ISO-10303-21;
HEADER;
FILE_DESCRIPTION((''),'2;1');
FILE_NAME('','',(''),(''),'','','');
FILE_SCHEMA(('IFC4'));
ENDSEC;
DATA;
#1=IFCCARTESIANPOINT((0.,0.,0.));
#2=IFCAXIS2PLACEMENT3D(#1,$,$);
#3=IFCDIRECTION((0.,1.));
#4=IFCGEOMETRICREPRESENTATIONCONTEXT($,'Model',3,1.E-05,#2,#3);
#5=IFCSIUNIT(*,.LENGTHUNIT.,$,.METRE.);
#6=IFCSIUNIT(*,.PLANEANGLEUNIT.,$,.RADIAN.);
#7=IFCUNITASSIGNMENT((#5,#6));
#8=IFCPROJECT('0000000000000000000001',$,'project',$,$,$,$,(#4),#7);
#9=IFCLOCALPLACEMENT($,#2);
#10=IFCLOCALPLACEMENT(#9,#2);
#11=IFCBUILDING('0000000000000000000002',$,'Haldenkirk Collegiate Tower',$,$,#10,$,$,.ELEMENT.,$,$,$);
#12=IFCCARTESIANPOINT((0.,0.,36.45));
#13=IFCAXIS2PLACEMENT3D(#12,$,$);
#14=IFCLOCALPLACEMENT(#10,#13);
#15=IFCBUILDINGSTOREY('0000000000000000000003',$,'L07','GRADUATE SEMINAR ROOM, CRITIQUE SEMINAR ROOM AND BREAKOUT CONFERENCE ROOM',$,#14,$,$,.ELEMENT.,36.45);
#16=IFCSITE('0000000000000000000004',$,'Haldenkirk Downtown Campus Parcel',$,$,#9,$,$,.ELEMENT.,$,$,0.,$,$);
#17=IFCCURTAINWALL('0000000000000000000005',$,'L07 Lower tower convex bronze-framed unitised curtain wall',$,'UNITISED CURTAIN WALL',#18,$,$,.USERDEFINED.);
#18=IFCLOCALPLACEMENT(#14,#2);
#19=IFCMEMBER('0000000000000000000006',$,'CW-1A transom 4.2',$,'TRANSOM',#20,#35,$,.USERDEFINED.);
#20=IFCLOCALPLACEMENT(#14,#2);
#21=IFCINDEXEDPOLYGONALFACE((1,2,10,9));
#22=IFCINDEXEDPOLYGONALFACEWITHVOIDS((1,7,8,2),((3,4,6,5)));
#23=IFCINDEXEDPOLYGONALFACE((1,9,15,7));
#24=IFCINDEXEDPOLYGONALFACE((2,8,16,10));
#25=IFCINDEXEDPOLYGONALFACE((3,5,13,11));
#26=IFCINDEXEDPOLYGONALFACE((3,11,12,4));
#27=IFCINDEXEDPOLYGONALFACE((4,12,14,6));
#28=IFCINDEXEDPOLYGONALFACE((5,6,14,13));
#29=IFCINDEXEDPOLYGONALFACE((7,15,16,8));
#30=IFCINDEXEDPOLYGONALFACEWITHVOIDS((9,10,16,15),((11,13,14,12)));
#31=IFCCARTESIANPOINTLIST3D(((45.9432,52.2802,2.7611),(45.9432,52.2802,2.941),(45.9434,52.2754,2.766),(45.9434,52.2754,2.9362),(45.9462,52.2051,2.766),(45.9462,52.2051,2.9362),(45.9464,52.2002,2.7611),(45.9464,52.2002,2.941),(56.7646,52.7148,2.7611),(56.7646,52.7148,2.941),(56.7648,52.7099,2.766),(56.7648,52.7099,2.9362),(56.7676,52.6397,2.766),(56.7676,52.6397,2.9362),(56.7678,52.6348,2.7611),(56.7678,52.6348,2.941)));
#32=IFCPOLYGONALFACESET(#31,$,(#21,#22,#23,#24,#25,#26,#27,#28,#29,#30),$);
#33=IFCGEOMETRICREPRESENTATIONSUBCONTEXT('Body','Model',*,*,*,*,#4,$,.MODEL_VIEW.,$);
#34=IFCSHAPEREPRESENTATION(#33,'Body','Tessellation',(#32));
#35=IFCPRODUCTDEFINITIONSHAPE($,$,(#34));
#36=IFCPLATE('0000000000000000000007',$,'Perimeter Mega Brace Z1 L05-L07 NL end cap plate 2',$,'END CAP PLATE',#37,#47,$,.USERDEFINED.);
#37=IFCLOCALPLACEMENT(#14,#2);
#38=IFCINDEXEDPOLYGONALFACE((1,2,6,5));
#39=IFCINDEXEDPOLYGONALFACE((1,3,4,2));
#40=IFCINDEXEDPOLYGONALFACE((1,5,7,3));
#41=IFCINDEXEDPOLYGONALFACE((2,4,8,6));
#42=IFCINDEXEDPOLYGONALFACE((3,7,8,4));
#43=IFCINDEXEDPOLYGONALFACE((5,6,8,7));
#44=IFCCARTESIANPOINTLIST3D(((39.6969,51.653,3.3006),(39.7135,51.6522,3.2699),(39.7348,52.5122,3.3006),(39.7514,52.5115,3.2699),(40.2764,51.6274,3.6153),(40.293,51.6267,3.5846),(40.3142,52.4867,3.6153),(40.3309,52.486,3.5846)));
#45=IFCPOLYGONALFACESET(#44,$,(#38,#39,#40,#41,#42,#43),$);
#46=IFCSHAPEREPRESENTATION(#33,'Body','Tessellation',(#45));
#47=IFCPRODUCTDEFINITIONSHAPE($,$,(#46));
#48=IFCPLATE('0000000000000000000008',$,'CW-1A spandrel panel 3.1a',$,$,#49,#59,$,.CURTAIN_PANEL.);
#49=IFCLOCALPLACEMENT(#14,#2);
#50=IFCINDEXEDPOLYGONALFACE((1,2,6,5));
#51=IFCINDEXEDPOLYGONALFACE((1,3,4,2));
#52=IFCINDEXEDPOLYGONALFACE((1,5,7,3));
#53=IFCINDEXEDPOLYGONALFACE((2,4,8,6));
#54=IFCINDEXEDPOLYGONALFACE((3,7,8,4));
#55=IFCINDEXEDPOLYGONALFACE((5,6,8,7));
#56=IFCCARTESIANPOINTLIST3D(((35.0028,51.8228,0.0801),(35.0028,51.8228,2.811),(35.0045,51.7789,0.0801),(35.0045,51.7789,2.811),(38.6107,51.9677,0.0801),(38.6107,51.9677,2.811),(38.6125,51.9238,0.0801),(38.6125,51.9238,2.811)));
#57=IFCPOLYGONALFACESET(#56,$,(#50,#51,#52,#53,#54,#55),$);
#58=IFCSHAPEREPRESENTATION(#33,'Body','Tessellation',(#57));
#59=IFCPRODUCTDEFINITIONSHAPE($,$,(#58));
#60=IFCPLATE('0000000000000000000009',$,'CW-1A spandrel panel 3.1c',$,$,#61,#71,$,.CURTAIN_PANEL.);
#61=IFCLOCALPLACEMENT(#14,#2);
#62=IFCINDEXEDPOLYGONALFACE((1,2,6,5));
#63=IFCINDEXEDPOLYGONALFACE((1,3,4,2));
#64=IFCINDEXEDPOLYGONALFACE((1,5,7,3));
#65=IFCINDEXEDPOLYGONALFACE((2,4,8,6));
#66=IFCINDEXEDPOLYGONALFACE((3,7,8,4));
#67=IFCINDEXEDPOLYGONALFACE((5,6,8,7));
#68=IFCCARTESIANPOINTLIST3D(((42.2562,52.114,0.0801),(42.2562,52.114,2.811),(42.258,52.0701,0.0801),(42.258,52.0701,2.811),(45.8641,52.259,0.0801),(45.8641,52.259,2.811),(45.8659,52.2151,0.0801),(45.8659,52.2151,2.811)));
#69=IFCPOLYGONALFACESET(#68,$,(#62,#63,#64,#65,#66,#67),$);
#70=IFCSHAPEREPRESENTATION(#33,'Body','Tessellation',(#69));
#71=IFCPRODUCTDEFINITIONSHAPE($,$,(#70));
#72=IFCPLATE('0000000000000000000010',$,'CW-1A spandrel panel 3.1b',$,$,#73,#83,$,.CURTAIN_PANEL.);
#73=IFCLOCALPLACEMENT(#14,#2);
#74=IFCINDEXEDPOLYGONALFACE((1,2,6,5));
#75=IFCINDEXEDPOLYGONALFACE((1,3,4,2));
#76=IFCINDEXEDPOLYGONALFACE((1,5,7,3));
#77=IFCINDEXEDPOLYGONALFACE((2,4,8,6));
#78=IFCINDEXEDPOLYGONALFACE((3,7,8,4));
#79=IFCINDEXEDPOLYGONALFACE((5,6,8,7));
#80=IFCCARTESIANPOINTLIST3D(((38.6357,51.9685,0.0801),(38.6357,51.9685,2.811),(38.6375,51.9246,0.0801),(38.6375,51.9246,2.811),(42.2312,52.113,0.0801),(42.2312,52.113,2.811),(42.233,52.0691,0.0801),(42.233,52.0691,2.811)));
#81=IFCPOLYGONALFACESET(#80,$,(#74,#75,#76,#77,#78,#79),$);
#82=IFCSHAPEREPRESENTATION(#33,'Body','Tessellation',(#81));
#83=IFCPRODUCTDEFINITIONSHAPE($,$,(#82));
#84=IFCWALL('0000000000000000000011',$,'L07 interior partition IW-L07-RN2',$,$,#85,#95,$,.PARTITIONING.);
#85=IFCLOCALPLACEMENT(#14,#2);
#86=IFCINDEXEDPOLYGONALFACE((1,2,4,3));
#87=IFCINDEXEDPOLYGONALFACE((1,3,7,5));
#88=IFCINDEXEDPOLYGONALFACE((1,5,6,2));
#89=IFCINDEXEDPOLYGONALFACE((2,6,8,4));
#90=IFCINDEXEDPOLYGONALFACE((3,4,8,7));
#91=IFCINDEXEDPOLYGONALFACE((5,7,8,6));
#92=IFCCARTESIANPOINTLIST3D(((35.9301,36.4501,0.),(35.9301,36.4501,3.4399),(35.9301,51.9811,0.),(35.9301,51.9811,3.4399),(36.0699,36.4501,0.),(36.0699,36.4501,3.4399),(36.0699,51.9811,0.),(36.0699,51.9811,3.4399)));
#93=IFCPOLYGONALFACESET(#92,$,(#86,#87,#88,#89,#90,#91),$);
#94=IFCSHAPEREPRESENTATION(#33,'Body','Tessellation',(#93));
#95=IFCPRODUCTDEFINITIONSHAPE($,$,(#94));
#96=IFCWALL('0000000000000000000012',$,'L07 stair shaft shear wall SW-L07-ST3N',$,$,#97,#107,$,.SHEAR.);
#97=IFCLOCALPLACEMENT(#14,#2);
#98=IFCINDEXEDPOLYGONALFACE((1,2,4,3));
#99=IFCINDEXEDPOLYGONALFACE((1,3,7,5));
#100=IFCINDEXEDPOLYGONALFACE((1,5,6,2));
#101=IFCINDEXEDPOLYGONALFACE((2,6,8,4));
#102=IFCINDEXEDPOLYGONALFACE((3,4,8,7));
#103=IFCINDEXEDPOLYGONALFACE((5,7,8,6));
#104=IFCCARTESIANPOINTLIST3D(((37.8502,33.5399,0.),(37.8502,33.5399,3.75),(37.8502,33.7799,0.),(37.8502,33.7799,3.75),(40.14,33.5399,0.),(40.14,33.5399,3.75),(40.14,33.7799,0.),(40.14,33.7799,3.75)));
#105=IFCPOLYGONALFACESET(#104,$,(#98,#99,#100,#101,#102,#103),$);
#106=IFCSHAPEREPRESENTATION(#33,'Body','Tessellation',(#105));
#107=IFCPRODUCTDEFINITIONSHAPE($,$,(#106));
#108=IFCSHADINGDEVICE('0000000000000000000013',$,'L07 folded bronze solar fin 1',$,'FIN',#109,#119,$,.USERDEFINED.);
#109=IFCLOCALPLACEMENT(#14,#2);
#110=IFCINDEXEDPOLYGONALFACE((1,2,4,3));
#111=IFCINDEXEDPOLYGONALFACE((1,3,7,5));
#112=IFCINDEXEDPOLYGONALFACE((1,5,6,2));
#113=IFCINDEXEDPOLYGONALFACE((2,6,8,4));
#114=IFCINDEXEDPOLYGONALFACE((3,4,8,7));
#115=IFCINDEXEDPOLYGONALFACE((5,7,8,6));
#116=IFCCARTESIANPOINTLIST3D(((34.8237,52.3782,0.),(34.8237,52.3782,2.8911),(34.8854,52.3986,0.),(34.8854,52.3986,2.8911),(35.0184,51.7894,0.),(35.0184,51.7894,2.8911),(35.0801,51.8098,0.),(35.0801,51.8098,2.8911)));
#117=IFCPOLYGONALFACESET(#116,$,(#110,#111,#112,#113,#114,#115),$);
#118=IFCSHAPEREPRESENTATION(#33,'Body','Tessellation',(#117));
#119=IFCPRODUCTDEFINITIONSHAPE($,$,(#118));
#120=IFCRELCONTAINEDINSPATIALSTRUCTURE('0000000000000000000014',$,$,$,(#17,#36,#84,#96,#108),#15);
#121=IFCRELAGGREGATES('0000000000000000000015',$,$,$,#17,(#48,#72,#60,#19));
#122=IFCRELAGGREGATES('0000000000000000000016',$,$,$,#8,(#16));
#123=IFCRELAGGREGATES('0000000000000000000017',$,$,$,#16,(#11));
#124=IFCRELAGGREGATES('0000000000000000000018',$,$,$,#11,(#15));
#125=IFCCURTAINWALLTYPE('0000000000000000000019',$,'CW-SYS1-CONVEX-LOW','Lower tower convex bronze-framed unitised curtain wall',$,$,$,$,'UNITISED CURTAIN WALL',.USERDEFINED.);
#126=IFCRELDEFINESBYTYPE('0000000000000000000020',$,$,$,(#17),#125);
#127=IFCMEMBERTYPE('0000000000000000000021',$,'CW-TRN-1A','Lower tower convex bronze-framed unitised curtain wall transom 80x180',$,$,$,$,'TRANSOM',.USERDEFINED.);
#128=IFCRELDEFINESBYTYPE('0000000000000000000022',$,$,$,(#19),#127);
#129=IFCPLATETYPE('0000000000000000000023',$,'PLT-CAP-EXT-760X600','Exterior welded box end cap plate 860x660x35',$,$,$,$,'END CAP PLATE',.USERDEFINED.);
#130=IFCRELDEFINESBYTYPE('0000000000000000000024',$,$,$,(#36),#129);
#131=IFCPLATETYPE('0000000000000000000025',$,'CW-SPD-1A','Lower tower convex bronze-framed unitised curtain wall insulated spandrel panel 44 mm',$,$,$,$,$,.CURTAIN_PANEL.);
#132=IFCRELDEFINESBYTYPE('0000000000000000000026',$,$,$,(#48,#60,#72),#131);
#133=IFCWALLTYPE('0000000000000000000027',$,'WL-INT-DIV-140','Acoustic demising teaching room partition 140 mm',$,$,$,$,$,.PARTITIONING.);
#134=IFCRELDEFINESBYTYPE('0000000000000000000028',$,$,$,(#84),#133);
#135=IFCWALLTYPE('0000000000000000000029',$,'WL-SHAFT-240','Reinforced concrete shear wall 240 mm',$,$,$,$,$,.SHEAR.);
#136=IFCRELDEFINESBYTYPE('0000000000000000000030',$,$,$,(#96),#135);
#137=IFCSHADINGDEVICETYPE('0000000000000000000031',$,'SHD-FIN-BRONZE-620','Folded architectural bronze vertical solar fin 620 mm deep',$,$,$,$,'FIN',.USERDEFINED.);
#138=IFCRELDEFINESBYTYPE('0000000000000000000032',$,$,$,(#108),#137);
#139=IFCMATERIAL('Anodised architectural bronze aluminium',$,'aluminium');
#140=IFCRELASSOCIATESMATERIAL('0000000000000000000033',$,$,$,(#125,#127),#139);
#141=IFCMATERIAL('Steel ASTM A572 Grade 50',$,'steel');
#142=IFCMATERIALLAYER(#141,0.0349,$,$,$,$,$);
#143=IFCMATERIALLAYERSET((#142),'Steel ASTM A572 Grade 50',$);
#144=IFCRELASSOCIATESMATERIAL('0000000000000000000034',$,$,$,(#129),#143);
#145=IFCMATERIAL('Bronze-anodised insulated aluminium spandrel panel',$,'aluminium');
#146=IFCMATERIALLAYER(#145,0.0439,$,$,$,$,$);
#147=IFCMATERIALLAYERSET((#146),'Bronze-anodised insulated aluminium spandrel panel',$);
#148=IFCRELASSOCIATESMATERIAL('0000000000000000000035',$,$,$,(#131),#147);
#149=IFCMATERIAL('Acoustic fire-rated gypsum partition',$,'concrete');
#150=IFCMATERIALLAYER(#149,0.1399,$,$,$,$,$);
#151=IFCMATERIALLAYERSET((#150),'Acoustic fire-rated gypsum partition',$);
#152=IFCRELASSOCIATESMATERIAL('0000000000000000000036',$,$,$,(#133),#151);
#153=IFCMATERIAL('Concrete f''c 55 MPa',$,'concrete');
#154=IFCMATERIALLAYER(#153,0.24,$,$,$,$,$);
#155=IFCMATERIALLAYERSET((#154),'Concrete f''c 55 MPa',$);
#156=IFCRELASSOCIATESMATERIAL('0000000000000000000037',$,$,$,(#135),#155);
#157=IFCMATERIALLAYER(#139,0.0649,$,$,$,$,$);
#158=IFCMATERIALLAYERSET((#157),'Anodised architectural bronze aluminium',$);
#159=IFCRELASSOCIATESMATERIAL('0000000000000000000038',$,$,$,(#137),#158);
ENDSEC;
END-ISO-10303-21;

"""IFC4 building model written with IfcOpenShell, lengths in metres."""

from ifc_helpers import new_model, si_unit, direction, frame, frame_2d, origin, origin_2d, place, context, subcontext, project, spatial, rectangle, hollow_rectangle, extrude, source, transform, mapped, material, layer, layer_set, material_profile, profile_set, type_object, element, aggregate, save


model = new_model("IFC4")

# Units and contexts
model_context = context("Model", 3, precision=1e-05, world=origin(), true_north=direction((0.0, 1.0)))
body_context = subcontext(model_context, "Body", "Model", "MODEL_VIEW")
ifc_project = project(units=[si_unit("LENGTHUNIT", "METRE"), si_unit("PLANEANGLEUNIT", "RADIAN")], contexts=[model_context])

# Site, building, storey
site_placement = place(None, origin())
site = spatial("IfcSite", under=ifc_project, at=site_placement, Name="Haldenkirk Downtown Campus Parcel", CompositionType="ELEMENT", RefElevation=0.0)
building_placement = place(site_placement, origin())
building = spatial("IfcBuilding", under=site, at=building_placement, Name="Haldenkirk Collegiate Tower", CompositionType="ELEMENT")
storey_placement = place(building_placement, frame((0.0, 0.0, 36.45)))
storey = spatial("IfcBuildingStorey", under=building, at=storey_placement, Name="L07", Description="GRADUATE SEMINAR ROOM, CRITIQUE SEMINAR ROOM AND BREAKOUT CONFERENCE ROOM", CompositionType="ELEMENT", Elevation=36.45)

# Curtain wall, member
ifc_material_1 = material(Name="Anodised architectural bronze aluminium", Category="aluminium")
curtain_wall_type = type_object("IfcCurtainWallType", Name="CW-SYS1-CONVEX-LOW", Description="Lower tower convex bronze-framed unitised curtain wall", ElementType="UNITISED CURTAIN WALL", PredefinedType="USERDEFINED", material=ifc_material_1)
curtain_wall_placement = place(storey_placement, origin())
curtain_wall = element("IfcCurtainWall", 1, at=curtain_wall_placement, inside=storey, type_object=curtain_wall_type, Name="L07 Lower tower convex bronze-framed unitised curtain wall", ObjectType="UNITISED CURTAIN WALL", PredefinedType="USERDEFINED")
ifc_material_profile_1 = material_profile(ifc_material_1, hollow_rectangle(XDim=0.0801, YDim=0.1799, WallThickness=0.0049, at=origin_2d()), Name="CW-TRN-1A")
ifc_profile_set_1 = profile_set([ifc_material_profile_1], Name="Anodised architectural bronze aluminium")
member_type_1 = type_object("IfcMemberType", Name="CW-TRN-1A", Description="Lower tower convex bronze-framed unitised curtain wall transom 80x180", ElementType="TRANSOM", PredefinedType="USERDEFINED", material=ifc_profile_set_1)
member_1_placement = place(storey_placement, frame((45.9448, 52.2402, 2.8511), z_axis=(0.999195, 0.040126, 0.0), x_axis=(-0.040126, 0.999195, 0.0)))
member_1 = element("IfcMember", 2, at=member_1_placement, type_object=member_type_1, Name="CW-1A transom 4.2", ObjectType="TRANSOM", PredefinedType="USERDEFINED", context=body_context, shape_type="SweptSolid", body=[
    extrude(hollow_rectangle(XDim=0.0801, YDim=0.1799, WallThickness=0.0049, at=origin_2d()), origin(), (0.0, 0.0, 1.0), 10.8301),
])

# Plates
ifc_material_2 = material(Name="Steel ASTM A572 Grade 50", Category="steel")
ifc_layer_1 = layer(ifc_material_2, 0.0349)
ifc_layer_set_1 = layer_set([ifc_layer_1], Name="Steel ASTM A572 Grade 50")
plate_type_1 = type_object("IfcPlateType", Name="PLT-CAP-EXT-760X600", Description="Exterior welded box end cap plate 860x660x35", ElementType="END CAP PLATE", PredefinedType="USERDEFINED", material=ifc_layer_set_1)
shared_shape_1 = source(origin(), body_context, "Body", "SweptSolid", [
    extrude(rectangle(XDim=0.8601, YDim=0.6599, at=origin_2d()), origin(), (0.0, 0.0, 1.0), 0.0349),
])
plate_1_placement = place(storey_placement, frame((40.0222, 52.0691, 3.4272), z_axis=(-0.476489, 0.021007, 0.87893), x_axis=(-0.044045, -0.99903, 0.0)))
element("IfcPlate", 3, at=plate_1_placement, inside=storey, type_object=plate_type_1, Name="Perimeter Mega Brace Z1 L05-L07 NL end cap plate 2", ObjectType="END CAP PLATE", PredefinedType="USERDEFINED", context=body_context, shape_type="MappedRepresentation", body=[
    mapped(shared_shape_1, transform((0.0, 0.0, 0.0), x_axis=(1.0, 0.0, 0.0), y_axis=(0.0, 1.0, 0.0), z_axis=(0.0, 0.0, 1.0), scale=1.0)),
])
ifc_material_3 = material(Name="Bronze-anodised insulated aluminium spandrel panel", Category="aluminium")
ifc_layer_2 = layer(ifc_material_3, 0.0439)
ifc_layer_set_2 = layer_set([ifc_layer_2], Name="Bronze-anodised insulated aluminium spandrel panel")
plate_type_2 = type_object("IfcPlateType", Name="CW-SPD-1A", Description="Lower tower convex bronze-framed unitised curtain wall insulated spandrel panel 44 mm", PredefinedType="CURTAIN_PANEL", material=ifc_layer_set_2)
shared_shape_2 = source(origin(), body_context, "Body", "SweptSolid", [
    extrude(rectangle(XDim=3.6108, YDim=0.0439, at=origin_2d()), origin(), (0.0, 0.0, 1.0), 2.731),
])
plate_2_placement = place(storey_placement, frame((36.8076, 51.8733, 0.0801), z_axis=(0.0, 0.0, 1.0), x_axis=(0.999194, 0.040135, 0.0)))
plate_2 = element("IfcPlate", 4, at=plate_2_placement, type_object=plate_type_2, Name="CW-1A spandrel panel 3.1a", PredefinedType="CURTAIN_PANEL", context=body_context, shape_type="MappedRepresentation", body=[
    mapped(shared_shape_2, transform((0.0, 0.0, 0.0), x_axis=(1.0, 0.0, 0.0), y_axis=(0.0, 1.0, 0.0), z_axis=(0.0, 0.0, 1.0), scale=1.0)),
])
plate_3_placement = place(storey_placement, frame((44.061, 52.1646, 0.0801), z_axis=(0.0, 0.0, 1.0), x_axis=(0.999194, 0.040135, 0.0)))
plate_3 = element("IfcPlate", 5, at=plate_3_placement, type_object=plate_type_2, Name="CW-1A spandrel panel 3.1c", PredefinedType="CURTAIN_PANEL", context=body_context, shape_type="MappedRepresentation", body=[
    mapped(shared_shape_2, transform((0.0, 0.0, 0.0), x_axis=(1.0, 0.0, 0.0), y_axis=(0.0, 1.0, 0.0), z_axis=(0.0, 0.0, 1.0), scale=1.0)),
])
shared_shape_3 = source(origin(), body_context, "Body", "SweptSolid", [
    extrude(rectangle(XDim=3.5984, YDim=0.0439, at=origin_2d()), origin(), (0.0, 0.0, 1.0), 2.731),
])
plate_4_placement = place(storey_placement, frame((40.4343, 52.0188, 0.0801), z_axis=(0.0, 0.0, 1.0), x_axis=(0.999194, 0.040135, 0.0)))
plate_4 = element("IfcPlate", 6, at=plate_4_placement, type_object=plate_type_2, Name="CW-1A spandrel panel 3.1b", PredefinedType="CURTAIN_PANEL", context=body_context, shape_type="MappedRepresentation", body=[
    mapped(shared_shape_3, transform((0.0, 0.0, 0.0), x_axis=(1.0, 0.0, 0.0), y_axis=(0.0, 1.0, 0.0), z_axis=(0.0, 0.0, 1.0), scale=1.0)),
])
aggregate(curtain_wall, [plate_2, plate_4, plate_3, member_1])

# Walls
ifc_material_4 = material(Name="Acoustic fire-rated gypsum partition", Category="concrete")
ifc_layer_3 = layer(ifc_material_4, 0.1399)
ifc_layer_set_3 = layer_set([ifc_layer_3], Name="Acoustic fire-rated gypsum partition")
wall_type_1 = type_object("IfcWallType", Name="WL-INT-DIV-140", Description="Acoustic demising teaching room partition 140 mm", PredefinedType="PARTITIONING", material=ifc_layer_set_3)
wall_1_placement = place(storey_placement, frame((36.0, 36.45, 0.0), z_axis=(0.0, 0.0, 1.0), x_axis=(0.0, 1.0, 0.0)))
element("IfcWall", 7, at=wall_1_placement, inside=storey, type_object=wall_type_1, Name="L07 interior partition IW-L07-RN2", PredefinedType="PARTITIONING", context=body_context, shape_type="SweptSolid", body=[
    extrude(rectangle(XDim=15.531, YDim=0.1399, at=frame_2d((7.7656, 0.0))), origin(), (0.0, 0.0, 1.0), 3.4399),
])
ifc_material_5 = material(Name="Concrete f'c 55 MPa", Category="concrete")
ifc_layer_4 = layer(ifc_material_5, 0.24)
ifc_layer_set_4 = layer_set([ifc_layer_4], Name="Concrete f'c 55 MPa")
wall_type_2 = type_object("IfcWallType", Name="WL-SHAFT-240", Description="Reinforced concrete shear wall 240 mm", PredefinedType="SHEAR", material=ifc_layer_set_4)
wall_2_placement = place(storey_placement, frame((37.8501, 33.6599, 0.0), z_axis=(0.0, 0.0, 1.0), x_axis=(1.0, 0.0, 0.0)))
element("IfcWall", 8, at=wall_2_placement, inside=storey, type_object=wall_type_2, Name="L07 stair shaft shear wall SW-L07-ST3N", PredefinedType="SHEAR", context=body_context, shape_type="SweptSolid", body=[
    extrude(rectangle(XDim=2.2898, YDim=0.24, at=frame_2d((1.145, 0.0))), origin(), (0.0, 0.0, 1.0), 3.75),
])

# Shading device
ifc_layer_5 = layer(ifc_material_1, 0.0649)
ifc_layer_set_5 = layer_set([ifc_layer_5], Name="Anodised architectural bronze aluminium")
shading_device_type = type_object("IfcShadingDeviceType", Name="SHD-FIN-BRONZE-620", Description="Folded architectural bronze vertical solar fin 620 mm deep", ElementType="FIN", PredefinedType="USERDEFINED", material=ifc_layer_set_5)
shared_shape_4 = source(origin(), body_context, "Body", "SweptSolid", [
    extrude(rectangle(XDim=0.6201, YDim=0.0649, at=origin_2d()), origin(), (0.0, 0.0, 1.0), 2.8911),
])
shading_device_placement = place(storey_placement, frame((34.9519, 52.094, 0.0), z_axis=(0.0, 0.0, 1.0), x_axis=(-0.313992, 0.949425, 0.0)))
element("IfcShadingDevice", 9, at=shading_device_placement, inside=storey, type_object=shading_device_type, Name="L07 folded bronze solar fin 1", ObjectType="FIN", PredefinedType="USERDEFINED", context=body_context, shape_type="MappedRepresentation", body=[
    mapped(shared_shape_4, transform((0.0, 0.0, 0.0), x_axis=(1.0, 0.0, 0.0), y_axis=(0.0, 1.0, 0.0), z_axis=(0.0, 0.0, 1.0), scale=1.0)),
])

save(model, "model.ifc")
